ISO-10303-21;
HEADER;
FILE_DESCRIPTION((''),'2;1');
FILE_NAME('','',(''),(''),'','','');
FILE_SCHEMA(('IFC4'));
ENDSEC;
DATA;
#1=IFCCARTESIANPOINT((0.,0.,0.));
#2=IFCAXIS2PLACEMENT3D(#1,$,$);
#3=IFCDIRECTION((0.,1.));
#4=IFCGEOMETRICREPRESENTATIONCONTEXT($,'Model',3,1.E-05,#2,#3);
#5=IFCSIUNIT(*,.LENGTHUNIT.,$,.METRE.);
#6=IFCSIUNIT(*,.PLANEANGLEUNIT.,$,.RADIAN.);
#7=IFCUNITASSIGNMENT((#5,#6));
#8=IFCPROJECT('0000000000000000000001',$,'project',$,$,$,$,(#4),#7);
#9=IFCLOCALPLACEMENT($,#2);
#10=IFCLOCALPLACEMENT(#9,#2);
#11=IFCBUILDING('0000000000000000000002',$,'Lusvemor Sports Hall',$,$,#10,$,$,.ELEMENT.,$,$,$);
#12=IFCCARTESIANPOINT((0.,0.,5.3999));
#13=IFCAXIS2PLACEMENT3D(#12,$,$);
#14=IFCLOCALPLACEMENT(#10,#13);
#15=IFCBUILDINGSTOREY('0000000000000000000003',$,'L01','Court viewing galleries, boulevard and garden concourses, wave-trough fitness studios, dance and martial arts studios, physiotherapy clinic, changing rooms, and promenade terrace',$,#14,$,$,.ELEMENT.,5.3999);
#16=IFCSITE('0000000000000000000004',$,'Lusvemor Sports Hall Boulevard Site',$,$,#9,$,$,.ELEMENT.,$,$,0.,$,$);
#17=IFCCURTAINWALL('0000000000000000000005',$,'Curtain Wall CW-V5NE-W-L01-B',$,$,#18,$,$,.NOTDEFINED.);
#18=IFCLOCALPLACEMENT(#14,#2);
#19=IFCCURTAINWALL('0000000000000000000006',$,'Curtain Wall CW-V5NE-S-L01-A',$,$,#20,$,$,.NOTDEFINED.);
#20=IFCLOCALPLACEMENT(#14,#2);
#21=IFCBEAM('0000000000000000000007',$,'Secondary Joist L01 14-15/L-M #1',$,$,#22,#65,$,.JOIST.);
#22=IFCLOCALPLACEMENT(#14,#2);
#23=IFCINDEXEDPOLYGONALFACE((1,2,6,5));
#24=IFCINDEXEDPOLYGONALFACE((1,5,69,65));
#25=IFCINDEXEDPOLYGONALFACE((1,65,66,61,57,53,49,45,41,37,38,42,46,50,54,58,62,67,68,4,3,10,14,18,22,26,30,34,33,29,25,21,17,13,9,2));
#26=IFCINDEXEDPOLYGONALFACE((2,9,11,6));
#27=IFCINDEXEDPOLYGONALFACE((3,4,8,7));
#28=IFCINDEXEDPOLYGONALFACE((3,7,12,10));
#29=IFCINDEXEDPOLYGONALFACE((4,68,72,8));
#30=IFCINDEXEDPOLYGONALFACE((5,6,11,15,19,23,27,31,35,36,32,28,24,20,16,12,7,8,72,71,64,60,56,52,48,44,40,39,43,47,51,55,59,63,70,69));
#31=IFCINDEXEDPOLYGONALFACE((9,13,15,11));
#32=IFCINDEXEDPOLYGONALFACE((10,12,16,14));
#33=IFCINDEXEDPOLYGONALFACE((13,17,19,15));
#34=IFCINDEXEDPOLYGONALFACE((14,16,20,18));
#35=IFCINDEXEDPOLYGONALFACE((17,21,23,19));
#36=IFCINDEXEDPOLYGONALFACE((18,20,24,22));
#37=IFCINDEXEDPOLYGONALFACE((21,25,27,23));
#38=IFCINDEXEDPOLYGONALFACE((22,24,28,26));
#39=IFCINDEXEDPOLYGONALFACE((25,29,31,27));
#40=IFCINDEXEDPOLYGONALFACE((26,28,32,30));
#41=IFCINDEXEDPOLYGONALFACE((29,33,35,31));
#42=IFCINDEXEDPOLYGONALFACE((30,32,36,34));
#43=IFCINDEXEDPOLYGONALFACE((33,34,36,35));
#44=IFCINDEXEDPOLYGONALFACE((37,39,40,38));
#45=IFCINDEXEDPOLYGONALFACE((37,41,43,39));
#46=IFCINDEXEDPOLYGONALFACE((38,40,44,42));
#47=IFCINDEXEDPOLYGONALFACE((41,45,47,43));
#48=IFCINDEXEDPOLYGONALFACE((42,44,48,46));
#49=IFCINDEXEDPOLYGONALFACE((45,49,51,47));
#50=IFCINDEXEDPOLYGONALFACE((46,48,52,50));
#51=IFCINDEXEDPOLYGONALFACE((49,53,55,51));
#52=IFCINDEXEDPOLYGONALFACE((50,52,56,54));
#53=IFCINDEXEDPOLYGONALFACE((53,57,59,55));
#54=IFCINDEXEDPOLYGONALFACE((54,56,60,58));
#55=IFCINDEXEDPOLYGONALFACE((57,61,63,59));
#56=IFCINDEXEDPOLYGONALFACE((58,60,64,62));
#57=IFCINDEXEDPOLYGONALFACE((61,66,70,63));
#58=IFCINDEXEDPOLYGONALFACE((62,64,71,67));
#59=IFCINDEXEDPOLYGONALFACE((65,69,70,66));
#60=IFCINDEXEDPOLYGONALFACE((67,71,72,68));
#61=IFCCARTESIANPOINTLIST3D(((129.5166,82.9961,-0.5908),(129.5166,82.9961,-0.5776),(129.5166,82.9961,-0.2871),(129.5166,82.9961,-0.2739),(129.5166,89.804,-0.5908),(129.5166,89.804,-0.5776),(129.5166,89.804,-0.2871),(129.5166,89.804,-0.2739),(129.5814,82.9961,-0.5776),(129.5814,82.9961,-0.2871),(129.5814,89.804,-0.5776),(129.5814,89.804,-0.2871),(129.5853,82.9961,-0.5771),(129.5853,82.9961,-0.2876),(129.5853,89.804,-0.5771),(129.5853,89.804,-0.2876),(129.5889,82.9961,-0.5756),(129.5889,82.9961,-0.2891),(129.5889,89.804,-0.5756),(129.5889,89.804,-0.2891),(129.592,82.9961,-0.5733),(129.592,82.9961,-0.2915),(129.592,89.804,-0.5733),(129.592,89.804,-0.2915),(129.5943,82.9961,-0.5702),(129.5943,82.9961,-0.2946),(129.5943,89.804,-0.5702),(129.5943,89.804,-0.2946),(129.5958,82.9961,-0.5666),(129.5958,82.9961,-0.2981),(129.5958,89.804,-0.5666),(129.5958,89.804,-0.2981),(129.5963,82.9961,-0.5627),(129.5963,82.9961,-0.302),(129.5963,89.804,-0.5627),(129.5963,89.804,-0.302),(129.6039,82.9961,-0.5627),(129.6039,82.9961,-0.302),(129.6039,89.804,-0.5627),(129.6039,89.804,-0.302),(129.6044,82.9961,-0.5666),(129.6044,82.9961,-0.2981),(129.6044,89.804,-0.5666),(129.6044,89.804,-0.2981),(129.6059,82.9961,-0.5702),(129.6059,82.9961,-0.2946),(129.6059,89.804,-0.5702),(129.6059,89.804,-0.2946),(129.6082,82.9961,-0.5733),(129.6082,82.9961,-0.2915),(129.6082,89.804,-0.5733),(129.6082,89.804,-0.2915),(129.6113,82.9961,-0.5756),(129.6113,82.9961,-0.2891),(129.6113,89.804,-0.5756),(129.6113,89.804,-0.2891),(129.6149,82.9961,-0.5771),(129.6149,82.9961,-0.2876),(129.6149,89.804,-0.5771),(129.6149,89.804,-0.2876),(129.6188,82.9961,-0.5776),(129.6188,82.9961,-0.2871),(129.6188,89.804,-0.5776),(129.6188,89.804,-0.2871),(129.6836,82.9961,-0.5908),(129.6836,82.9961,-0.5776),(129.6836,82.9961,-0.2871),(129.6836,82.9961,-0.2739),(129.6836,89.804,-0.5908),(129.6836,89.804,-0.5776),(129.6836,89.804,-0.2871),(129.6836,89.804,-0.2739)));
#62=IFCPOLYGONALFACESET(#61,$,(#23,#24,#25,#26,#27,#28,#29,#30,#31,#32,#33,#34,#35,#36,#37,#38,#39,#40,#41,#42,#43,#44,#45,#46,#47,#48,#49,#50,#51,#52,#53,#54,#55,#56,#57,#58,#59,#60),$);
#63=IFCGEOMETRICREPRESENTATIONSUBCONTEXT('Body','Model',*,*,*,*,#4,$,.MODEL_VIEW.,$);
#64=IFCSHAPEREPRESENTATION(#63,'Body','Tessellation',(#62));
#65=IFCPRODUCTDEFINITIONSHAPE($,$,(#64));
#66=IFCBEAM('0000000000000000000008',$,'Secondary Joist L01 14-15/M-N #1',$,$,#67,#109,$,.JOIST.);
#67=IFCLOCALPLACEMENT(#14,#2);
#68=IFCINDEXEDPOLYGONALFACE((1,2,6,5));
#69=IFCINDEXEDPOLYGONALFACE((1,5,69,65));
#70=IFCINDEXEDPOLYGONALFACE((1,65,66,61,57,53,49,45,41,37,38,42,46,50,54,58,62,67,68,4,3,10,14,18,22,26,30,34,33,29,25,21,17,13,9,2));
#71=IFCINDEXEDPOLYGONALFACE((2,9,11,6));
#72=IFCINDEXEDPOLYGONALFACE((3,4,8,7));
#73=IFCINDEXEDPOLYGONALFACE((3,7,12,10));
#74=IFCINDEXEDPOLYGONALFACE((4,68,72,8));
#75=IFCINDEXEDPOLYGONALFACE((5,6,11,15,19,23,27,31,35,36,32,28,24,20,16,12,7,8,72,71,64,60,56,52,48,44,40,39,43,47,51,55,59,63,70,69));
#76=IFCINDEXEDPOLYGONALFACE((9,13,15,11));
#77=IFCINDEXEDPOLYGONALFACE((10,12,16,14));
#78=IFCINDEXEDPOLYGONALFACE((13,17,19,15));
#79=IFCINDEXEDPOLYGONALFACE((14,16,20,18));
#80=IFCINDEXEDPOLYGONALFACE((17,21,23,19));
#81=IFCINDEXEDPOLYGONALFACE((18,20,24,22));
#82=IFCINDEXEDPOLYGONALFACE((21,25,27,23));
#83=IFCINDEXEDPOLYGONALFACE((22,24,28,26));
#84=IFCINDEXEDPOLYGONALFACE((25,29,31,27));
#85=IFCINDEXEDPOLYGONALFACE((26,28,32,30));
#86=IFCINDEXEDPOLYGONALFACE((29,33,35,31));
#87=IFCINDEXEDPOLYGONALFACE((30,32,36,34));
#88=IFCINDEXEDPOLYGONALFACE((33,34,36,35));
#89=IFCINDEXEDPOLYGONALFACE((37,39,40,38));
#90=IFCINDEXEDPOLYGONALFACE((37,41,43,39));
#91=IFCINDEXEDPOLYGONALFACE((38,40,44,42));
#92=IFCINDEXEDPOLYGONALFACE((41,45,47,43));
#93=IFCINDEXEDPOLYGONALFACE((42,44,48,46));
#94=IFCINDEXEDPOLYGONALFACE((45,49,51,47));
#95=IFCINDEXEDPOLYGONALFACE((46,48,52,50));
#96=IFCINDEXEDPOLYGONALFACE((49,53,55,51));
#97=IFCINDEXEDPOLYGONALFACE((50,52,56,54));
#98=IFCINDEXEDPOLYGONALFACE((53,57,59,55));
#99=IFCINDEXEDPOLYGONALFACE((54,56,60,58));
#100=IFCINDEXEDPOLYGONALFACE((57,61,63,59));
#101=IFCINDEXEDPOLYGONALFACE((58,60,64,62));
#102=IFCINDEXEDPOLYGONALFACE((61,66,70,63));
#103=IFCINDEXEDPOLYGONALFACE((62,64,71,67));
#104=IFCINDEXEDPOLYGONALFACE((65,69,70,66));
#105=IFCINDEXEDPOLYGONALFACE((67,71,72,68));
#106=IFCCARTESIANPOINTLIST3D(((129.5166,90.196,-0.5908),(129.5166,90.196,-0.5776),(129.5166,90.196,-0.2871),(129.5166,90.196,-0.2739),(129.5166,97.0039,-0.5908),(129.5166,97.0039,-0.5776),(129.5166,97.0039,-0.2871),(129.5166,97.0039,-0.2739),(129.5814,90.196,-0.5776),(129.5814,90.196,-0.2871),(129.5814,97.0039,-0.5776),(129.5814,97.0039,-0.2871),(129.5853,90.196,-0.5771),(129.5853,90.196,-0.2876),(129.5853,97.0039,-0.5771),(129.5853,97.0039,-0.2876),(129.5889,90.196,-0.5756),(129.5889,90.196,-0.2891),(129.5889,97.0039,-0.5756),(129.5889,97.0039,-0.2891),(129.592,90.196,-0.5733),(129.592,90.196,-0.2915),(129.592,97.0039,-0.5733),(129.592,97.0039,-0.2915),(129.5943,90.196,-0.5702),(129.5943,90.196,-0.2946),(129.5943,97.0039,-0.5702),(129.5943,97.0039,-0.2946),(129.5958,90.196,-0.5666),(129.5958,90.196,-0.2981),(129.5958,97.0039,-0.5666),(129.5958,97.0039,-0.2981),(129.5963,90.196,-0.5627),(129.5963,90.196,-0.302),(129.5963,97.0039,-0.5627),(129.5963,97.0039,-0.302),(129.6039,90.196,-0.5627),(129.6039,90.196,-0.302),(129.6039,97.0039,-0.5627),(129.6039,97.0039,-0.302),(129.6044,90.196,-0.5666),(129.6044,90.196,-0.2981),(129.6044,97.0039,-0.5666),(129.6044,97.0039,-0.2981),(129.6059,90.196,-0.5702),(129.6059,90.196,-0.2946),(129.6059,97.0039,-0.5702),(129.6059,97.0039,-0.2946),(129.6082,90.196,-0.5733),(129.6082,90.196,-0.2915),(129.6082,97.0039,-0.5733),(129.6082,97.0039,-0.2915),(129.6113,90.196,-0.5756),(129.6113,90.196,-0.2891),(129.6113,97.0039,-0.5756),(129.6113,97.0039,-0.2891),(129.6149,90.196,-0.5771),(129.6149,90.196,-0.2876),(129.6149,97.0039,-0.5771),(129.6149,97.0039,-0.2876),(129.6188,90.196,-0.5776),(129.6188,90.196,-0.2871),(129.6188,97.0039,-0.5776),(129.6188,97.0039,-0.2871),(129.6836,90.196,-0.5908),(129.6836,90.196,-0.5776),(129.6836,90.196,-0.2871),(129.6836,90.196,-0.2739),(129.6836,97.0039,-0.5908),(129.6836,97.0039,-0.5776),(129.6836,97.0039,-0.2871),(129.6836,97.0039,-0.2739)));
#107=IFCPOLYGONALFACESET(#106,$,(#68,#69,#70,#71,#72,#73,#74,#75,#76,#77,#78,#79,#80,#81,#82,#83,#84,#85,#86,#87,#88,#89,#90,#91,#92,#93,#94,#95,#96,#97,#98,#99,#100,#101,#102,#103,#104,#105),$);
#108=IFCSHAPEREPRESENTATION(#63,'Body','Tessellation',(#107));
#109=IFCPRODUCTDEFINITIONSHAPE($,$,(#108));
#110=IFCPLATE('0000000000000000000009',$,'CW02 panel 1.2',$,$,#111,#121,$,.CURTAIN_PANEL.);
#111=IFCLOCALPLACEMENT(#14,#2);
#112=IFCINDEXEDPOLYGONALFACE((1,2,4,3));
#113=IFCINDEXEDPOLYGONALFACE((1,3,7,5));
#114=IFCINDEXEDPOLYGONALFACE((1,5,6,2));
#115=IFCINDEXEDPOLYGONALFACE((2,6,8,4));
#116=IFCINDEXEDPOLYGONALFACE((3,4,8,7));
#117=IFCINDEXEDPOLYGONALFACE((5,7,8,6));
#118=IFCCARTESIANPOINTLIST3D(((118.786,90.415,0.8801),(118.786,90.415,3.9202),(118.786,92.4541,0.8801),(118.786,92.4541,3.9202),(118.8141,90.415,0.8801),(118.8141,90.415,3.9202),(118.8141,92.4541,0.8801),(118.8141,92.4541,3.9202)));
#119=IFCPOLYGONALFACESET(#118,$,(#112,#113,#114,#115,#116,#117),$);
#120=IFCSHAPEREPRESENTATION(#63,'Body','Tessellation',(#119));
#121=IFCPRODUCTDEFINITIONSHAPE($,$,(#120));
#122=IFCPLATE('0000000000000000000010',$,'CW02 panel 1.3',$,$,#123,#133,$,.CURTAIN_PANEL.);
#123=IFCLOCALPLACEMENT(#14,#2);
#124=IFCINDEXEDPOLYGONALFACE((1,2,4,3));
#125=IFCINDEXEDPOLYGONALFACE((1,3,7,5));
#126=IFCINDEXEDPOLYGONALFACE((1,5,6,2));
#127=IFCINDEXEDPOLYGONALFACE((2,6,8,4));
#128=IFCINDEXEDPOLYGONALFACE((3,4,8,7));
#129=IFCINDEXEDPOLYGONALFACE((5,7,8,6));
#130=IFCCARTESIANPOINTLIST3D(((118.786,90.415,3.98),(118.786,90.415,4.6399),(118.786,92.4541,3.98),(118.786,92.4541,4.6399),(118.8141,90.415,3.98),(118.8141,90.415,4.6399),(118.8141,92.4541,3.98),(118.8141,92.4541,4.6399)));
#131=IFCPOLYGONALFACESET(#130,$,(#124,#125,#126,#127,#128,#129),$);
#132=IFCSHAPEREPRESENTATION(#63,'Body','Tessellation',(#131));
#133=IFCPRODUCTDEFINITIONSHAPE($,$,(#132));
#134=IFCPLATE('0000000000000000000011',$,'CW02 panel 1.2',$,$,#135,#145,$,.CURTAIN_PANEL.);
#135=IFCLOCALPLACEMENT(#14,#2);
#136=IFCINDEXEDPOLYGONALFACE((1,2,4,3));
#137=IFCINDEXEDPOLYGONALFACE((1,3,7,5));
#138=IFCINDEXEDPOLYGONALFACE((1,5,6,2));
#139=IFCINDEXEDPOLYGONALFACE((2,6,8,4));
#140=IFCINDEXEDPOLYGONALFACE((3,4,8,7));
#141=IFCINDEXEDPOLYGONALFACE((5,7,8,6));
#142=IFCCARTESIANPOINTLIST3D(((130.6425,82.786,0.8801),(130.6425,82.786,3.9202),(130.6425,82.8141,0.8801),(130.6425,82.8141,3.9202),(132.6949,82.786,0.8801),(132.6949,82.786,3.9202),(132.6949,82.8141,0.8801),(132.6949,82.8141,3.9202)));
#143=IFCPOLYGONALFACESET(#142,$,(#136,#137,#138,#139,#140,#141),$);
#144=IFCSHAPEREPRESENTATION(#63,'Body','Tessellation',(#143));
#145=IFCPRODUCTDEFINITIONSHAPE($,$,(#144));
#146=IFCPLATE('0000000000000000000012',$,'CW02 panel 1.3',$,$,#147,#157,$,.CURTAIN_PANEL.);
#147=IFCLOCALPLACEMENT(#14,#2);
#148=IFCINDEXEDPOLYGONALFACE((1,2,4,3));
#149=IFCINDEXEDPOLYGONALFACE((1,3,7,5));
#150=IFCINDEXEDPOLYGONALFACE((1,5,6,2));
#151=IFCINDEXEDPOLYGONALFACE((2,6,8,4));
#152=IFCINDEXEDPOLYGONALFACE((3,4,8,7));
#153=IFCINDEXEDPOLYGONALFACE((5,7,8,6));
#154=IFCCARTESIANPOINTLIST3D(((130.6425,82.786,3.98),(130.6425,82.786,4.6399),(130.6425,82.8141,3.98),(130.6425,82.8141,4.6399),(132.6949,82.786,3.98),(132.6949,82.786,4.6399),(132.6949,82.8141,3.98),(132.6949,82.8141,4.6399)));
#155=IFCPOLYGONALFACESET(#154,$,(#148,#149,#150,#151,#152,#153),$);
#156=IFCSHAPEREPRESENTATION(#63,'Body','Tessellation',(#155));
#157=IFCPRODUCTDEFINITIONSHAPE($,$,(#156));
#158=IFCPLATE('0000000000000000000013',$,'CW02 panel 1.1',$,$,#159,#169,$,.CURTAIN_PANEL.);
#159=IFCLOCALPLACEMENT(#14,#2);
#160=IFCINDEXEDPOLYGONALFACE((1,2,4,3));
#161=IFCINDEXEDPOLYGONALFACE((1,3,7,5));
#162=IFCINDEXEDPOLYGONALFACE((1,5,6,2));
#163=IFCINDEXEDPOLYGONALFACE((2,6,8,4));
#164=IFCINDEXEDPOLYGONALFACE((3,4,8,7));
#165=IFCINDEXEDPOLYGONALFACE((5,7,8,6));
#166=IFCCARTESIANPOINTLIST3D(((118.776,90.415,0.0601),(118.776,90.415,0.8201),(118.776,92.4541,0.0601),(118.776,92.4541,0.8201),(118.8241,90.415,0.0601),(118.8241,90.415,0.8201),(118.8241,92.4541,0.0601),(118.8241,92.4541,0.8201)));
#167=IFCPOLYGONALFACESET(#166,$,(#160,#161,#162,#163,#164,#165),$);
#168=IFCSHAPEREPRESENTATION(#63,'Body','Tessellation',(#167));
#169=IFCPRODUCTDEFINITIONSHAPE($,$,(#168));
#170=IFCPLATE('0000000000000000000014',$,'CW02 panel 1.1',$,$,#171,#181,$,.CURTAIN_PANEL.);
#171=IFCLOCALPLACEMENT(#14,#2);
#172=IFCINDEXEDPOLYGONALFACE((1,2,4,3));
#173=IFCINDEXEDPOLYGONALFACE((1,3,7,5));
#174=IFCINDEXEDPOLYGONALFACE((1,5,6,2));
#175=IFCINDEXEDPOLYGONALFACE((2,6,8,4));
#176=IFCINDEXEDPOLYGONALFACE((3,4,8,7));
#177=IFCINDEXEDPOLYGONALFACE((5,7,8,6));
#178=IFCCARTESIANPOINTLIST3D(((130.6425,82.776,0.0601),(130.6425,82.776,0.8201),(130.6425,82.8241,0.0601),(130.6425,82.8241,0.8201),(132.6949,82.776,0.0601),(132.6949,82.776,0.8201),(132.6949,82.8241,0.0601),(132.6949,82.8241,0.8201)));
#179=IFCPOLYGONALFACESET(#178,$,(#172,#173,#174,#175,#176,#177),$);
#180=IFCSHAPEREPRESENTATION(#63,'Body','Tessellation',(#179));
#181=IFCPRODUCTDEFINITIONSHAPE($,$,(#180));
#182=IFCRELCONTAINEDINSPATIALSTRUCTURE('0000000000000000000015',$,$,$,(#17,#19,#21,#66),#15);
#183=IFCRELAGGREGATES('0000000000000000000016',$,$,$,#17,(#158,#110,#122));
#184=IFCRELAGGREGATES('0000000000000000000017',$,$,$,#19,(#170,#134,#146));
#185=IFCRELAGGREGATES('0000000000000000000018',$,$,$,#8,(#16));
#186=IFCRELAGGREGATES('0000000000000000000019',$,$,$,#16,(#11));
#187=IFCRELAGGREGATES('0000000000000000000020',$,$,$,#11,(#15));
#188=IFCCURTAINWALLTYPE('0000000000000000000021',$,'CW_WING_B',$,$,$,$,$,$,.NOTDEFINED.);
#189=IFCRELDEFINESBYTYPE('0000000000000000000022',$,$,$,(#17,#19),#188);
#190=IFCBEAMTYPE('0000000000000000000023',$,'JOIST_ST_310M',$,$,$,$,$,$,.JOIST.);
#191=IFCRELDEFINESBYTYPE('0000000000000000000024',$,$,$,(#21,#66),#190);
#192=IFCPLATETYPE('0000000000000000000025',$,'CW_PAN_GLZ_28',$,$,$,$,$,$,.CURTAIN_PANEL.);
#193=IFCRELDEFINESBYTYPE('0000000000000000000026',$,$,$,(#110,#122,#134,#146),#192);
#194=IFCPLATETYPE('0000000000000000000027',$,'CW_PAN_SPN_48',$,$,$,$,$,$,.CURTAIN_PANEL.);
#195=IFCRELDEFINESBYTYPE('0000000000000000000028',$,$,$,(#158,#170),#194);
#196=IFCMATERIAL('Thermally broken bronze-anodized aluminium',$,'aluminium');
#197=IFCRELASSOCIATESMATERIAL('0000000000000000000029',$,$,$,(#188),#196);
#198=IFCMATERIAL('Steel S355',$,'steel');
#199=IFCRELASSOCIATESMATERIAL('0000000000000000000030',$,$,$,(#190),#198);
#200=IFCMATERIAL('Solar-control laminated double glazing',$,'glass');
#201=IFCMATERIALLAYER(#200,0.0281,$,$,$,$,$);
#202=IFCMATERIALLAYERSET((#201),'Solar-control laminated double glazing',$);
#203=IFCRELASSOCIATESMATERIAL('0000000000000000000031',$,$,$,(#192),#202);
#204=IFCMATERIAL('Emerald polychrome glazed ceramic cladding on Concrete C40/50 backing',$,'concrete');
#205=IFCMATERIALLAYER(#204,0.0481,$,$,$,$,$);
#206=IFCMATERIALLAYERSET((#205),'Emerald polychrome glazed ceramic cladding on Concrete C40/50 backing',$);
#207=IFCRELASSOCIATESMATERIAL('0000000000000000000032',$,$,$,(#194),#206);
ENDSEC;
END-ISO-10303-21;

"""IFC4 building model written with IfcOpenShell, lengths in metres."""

from ifc_helpers import new_model, si_unit, direction, frame, origin, origin_2d, place, context, subcontext, project, spatial, rectangle, i_section, extrude, material, layer, layer_set, material_profile, profile_set, type_object, element, aggregate, save


model = new_model("IFC4")

# Units and contexts
model_context = context("Model", 3, precision=1e-05, world=origin(), true_north=direction((0.0, 1.0)))
body_context = subcontext(model_context, "Body", "Model", "MODEL_VIEW")
ifc_project = project(units=[si_unit("LENGTHUNIT", "METRE"), si_unit("PLANEANGLEUNIT", "RADIAN")], contexts=[model_context])

# Site, building, storey
site_placement = place(None, origin())
site = spatial("IfcSite", under=ifc_project, at=site_placement, Name="Lusvemor Sports Hall Boulevard Site", CompositionType="ELEMENT", RefElevation=0.0)
building_placement = place(site_placement, origin())
building = spatial("IfcBuilding", under=site, at=building_placement, Name="Lusvemor Sports Hall", CompositionType="ELEMENT")
storey_placement = place(building_placement, frame((0.0, 0.0, 5.3999)))
storey = spatial("IfcBuildingStorey", under=building, at=storey_placement, Name="L01", Description="Court viewing galleries, boulevard and garden concourses, wave-trough fitness studios, dance and martial arts studios, physiotherapy clinic, changing rooms, and promenade terrace", CompositionType="ELEMENT", Elevation=5.3999)

# Curtain wall
ifc_material_1 = material(Name="Thermally broken bronze-anodized aluminium", Category="aluminium")
curtain_wall_type = type_object("IfcCurtainWallType", Name="CW_WING_B", PredefinedType="NOTDEFINED", material=ifc_material_1)
curtain_wall_1_placement = place(storey_placement, origin())
curtain_wall_1 = element("IfcCurtainWall", 1, at=curtain_wall_1_placement, inside=storey, type_object=curtain_wall_type, Name="Curtain Wall CW-V5NE-W-L01-B", PredefinedType="NOTDEFINED")

# Curtain wall
curtain_wall_2_placement = place(storey_placement, origin())
curtain_wall_2 = element("IfcCurtainWall", 2, at=curtain_wall_2_placement, inside=storey, type_object=curtain_wall_type, Name="Curtain Wall CW-V5NE-S-L01-A", PredefinedType="NOTDEFINED")

# Beams
ifc_material_2 = material(Name="Steel S355", Category="steel")
ifc_material_profile_1 = material_profile(ifc_material_2, i_section(OverallWidth=0.167, OverallDepth=0.3169, WebThickness=0.0076, FlangeThickness=0.0132, FilletRadius=0.0149, at=origin_2d()), Name="W310x52.0")
ifc_profile_set_1 = profile_set([ifc_material_profile_1], Name="Steel S355")
beam_type_1 = type_object("IfcBeamType", Name="JOIST_ST_310M", PredefinedType="JOIST", material=ifc_profile_set_1)
for number, where, z_axis, x_axis, name in (
    (3, (129.6001, 82.9961, -0.4324), (0.0, 1.0, 0.0), (-1.0, 0.0, 0.0), "Secondary Joist L01 14-15/L-M #1"),
    (4, (129.6001, 90.196, -0.4324), (0.0, 1.0, 0.0), (-1.0, 0.0, 0.0), "Secondary Joist L01 14-15/M-N #1"),
):
    element("IfcBeam", number, at=place(storey_placement, frame(where, z_axis=z_axis, x_axis=x_axis)), inside=storey, type_object=beam_type_1, Name=name, PredefinedType="JOIST", context=body_context, shape_type="SweptSolid", body=[
        extrude(i_section(OverallWidth=0.167, OverallDepth=0.3169, WebThickness=0.0076, FlangeThickness=0.0132, FilletRadius=0.0149, at=origin_2d()), origin(), (0.0, 0.0, 1.0), 6.8079),
    ])

# Plates
ifc_material_3 = material(Name="Solar-control laminated double glazing", Category="glass")
ifc_layer_1 = layer(ifc_material_3, 0.0281)
ifc_layer_set_1 = layer_set([ifc_layer_1], Name="Solar-control laminated double glazing")
plate_type_1 = type_object("IfcPlateType", Name="CW_PAN_GLZ_28", PredefinedType="CURTAIN_PANEL", material=ifc_layer_set_1)
plate_1_placement = place(storey_placement, frame((118.8, 91.4346, 0.8801), z_axis=(0.0, 0.0, 1.0), x_axis=(0.0, 1.0, 0.0)))
plate_1 = element("IfcPlate", 5, at=plate_1_placement, type_object=plate_type_1, Name="CW02 panel 1.2", PredefinedType="CURTAIN_PANEL", context=body_context, shape_type="SweptSolid", body=[
    extrude(rectangle(XDim=2.0391, YDim=0.0281, at=origin_2d()), origin(), (0.0, 0.0, 1.0), 3.04),
])
plate_2_placement = place(storey_placement, frame((118.8, 91.4346, 3.98), z_axis=(0.0, 0.0, 1.0), x_axis=(0.0, 1.0, 0.0)))
plate_2 = element("IfcPlate", 6, at=plate_2_placement, type_object=plate_type_1, Name="CW02 panel 1.3", PredefinedType="CURTAIN_PANEL", context=body_context, shape_type="SweptSolid", body=[
    extrude(rectangle(XDim=2.0391, YDim=0.0281, at=origin_2d()), origin(), (0.0, 0.0, 1.0), 0.6599),
])
plate_3_placement = place(storey_placement, frame((131.6687, 82.8, 0.8801), z_axis=(0.0, 0.0, 1.0), x_axis=(-1.0, 0.0, 0.0)))
plate_3 = element("IfcPlate", 7, at=plate_3_placement, type_object=plate_type_1, Name="CW02 panel 1.2", PredefinedType="CURTAIN_PANEL", context=body_context, shape_type="SweptSolid", body=[
    extrude(rectangle(XDim=2.0525, YDim=0.0281, at=origin_2d()), origin(), (0.0, 0.0, 1.0), 3.04),
])
plate_4_placement = place(storey_placement, frame((131.6687, 82.8, 3.98), z_axis=(0.0, 0.0, 1.0), x_axis=(-1.0, 0.0, 0.0)))
plate_4 = element("IfcPlate", 8, at=plate_4_placement, type_object=plate_type_1, Name="CW02 panel 1.3", PredefinedType="CURTAIN_PANEL", context=body_context, shape_type="SweptSolid", body=[
    extrude(rectangle(XDim=2.0525, YDim=0.0281, at=origin_2d()), origin(), (0.0, 0.0, 1.0), 0.6599),
])
ifc_material_4 = material(Name="Emerald polychrome glazed ceramic cladding on Concrete C40/50 backing", Category="concrete")
ifc_layer_2 = layer(ifc_material_4, 0.0481)
ifc_layer_set_2 = layer_set([ifc_layer_2], Name="Emerald polychrome glazed ceramic cladding on Concrete C40/50 backing")
plate_type_2 = type_object("IfcPlateType", Name="CW_PAN_SPN_48", PredefinedType="CURTAIN_PANEL", material=ifc_layer_set_2)
plate_5_placement = place(storey_placement, frame((118.8, 91.4346, 0.0601), z_axis=(0.0, 0.0, 1.0), x_axis=(0.0, 1.0, 0.0)))
plate_5 = element("IfcPlate", 9, at=plate_5_placement, type_object=plate_type_2, Name="CW02 panel 1.1", PredefinedType="CURTAIN_PANEL", context=body_context, shape_type="SweptSolid", body=[
    extrude(rectangle(XDim=2.0391, YDim=0.0481, at=origin_2d()), origin(), (0.0, 0.0, 1.0), 0.76),
])
aggregate(curtain_wall_1, [plate_5, plate_1, plate_2])
plate_6_placement = place(storey_placement, frame((131.6687, 82.8, 0.0601), z_axis=(0.0, 0.0, 1.0), x_axis=(-1.0, 0.0, 0.0)))
plate_6 = element("IfcPlate", 10, at=plate_6_placement, type_object=plate_type_2, Name="CW02 panel 1.1", PredefinedType="CURTAIN_PANEL", context=body_context, shape_type="SweptSolid", body=[
    extrude(rectangle(XDim=2.0525, YDim=0.0481, at=origin_2d()), origin(), (0.0, 0.0, 1.0), 0.76),
])
aggregate(curtain_wall_2, [plate_6, plate_3, plate_4])

save(model, "model.ifc")
